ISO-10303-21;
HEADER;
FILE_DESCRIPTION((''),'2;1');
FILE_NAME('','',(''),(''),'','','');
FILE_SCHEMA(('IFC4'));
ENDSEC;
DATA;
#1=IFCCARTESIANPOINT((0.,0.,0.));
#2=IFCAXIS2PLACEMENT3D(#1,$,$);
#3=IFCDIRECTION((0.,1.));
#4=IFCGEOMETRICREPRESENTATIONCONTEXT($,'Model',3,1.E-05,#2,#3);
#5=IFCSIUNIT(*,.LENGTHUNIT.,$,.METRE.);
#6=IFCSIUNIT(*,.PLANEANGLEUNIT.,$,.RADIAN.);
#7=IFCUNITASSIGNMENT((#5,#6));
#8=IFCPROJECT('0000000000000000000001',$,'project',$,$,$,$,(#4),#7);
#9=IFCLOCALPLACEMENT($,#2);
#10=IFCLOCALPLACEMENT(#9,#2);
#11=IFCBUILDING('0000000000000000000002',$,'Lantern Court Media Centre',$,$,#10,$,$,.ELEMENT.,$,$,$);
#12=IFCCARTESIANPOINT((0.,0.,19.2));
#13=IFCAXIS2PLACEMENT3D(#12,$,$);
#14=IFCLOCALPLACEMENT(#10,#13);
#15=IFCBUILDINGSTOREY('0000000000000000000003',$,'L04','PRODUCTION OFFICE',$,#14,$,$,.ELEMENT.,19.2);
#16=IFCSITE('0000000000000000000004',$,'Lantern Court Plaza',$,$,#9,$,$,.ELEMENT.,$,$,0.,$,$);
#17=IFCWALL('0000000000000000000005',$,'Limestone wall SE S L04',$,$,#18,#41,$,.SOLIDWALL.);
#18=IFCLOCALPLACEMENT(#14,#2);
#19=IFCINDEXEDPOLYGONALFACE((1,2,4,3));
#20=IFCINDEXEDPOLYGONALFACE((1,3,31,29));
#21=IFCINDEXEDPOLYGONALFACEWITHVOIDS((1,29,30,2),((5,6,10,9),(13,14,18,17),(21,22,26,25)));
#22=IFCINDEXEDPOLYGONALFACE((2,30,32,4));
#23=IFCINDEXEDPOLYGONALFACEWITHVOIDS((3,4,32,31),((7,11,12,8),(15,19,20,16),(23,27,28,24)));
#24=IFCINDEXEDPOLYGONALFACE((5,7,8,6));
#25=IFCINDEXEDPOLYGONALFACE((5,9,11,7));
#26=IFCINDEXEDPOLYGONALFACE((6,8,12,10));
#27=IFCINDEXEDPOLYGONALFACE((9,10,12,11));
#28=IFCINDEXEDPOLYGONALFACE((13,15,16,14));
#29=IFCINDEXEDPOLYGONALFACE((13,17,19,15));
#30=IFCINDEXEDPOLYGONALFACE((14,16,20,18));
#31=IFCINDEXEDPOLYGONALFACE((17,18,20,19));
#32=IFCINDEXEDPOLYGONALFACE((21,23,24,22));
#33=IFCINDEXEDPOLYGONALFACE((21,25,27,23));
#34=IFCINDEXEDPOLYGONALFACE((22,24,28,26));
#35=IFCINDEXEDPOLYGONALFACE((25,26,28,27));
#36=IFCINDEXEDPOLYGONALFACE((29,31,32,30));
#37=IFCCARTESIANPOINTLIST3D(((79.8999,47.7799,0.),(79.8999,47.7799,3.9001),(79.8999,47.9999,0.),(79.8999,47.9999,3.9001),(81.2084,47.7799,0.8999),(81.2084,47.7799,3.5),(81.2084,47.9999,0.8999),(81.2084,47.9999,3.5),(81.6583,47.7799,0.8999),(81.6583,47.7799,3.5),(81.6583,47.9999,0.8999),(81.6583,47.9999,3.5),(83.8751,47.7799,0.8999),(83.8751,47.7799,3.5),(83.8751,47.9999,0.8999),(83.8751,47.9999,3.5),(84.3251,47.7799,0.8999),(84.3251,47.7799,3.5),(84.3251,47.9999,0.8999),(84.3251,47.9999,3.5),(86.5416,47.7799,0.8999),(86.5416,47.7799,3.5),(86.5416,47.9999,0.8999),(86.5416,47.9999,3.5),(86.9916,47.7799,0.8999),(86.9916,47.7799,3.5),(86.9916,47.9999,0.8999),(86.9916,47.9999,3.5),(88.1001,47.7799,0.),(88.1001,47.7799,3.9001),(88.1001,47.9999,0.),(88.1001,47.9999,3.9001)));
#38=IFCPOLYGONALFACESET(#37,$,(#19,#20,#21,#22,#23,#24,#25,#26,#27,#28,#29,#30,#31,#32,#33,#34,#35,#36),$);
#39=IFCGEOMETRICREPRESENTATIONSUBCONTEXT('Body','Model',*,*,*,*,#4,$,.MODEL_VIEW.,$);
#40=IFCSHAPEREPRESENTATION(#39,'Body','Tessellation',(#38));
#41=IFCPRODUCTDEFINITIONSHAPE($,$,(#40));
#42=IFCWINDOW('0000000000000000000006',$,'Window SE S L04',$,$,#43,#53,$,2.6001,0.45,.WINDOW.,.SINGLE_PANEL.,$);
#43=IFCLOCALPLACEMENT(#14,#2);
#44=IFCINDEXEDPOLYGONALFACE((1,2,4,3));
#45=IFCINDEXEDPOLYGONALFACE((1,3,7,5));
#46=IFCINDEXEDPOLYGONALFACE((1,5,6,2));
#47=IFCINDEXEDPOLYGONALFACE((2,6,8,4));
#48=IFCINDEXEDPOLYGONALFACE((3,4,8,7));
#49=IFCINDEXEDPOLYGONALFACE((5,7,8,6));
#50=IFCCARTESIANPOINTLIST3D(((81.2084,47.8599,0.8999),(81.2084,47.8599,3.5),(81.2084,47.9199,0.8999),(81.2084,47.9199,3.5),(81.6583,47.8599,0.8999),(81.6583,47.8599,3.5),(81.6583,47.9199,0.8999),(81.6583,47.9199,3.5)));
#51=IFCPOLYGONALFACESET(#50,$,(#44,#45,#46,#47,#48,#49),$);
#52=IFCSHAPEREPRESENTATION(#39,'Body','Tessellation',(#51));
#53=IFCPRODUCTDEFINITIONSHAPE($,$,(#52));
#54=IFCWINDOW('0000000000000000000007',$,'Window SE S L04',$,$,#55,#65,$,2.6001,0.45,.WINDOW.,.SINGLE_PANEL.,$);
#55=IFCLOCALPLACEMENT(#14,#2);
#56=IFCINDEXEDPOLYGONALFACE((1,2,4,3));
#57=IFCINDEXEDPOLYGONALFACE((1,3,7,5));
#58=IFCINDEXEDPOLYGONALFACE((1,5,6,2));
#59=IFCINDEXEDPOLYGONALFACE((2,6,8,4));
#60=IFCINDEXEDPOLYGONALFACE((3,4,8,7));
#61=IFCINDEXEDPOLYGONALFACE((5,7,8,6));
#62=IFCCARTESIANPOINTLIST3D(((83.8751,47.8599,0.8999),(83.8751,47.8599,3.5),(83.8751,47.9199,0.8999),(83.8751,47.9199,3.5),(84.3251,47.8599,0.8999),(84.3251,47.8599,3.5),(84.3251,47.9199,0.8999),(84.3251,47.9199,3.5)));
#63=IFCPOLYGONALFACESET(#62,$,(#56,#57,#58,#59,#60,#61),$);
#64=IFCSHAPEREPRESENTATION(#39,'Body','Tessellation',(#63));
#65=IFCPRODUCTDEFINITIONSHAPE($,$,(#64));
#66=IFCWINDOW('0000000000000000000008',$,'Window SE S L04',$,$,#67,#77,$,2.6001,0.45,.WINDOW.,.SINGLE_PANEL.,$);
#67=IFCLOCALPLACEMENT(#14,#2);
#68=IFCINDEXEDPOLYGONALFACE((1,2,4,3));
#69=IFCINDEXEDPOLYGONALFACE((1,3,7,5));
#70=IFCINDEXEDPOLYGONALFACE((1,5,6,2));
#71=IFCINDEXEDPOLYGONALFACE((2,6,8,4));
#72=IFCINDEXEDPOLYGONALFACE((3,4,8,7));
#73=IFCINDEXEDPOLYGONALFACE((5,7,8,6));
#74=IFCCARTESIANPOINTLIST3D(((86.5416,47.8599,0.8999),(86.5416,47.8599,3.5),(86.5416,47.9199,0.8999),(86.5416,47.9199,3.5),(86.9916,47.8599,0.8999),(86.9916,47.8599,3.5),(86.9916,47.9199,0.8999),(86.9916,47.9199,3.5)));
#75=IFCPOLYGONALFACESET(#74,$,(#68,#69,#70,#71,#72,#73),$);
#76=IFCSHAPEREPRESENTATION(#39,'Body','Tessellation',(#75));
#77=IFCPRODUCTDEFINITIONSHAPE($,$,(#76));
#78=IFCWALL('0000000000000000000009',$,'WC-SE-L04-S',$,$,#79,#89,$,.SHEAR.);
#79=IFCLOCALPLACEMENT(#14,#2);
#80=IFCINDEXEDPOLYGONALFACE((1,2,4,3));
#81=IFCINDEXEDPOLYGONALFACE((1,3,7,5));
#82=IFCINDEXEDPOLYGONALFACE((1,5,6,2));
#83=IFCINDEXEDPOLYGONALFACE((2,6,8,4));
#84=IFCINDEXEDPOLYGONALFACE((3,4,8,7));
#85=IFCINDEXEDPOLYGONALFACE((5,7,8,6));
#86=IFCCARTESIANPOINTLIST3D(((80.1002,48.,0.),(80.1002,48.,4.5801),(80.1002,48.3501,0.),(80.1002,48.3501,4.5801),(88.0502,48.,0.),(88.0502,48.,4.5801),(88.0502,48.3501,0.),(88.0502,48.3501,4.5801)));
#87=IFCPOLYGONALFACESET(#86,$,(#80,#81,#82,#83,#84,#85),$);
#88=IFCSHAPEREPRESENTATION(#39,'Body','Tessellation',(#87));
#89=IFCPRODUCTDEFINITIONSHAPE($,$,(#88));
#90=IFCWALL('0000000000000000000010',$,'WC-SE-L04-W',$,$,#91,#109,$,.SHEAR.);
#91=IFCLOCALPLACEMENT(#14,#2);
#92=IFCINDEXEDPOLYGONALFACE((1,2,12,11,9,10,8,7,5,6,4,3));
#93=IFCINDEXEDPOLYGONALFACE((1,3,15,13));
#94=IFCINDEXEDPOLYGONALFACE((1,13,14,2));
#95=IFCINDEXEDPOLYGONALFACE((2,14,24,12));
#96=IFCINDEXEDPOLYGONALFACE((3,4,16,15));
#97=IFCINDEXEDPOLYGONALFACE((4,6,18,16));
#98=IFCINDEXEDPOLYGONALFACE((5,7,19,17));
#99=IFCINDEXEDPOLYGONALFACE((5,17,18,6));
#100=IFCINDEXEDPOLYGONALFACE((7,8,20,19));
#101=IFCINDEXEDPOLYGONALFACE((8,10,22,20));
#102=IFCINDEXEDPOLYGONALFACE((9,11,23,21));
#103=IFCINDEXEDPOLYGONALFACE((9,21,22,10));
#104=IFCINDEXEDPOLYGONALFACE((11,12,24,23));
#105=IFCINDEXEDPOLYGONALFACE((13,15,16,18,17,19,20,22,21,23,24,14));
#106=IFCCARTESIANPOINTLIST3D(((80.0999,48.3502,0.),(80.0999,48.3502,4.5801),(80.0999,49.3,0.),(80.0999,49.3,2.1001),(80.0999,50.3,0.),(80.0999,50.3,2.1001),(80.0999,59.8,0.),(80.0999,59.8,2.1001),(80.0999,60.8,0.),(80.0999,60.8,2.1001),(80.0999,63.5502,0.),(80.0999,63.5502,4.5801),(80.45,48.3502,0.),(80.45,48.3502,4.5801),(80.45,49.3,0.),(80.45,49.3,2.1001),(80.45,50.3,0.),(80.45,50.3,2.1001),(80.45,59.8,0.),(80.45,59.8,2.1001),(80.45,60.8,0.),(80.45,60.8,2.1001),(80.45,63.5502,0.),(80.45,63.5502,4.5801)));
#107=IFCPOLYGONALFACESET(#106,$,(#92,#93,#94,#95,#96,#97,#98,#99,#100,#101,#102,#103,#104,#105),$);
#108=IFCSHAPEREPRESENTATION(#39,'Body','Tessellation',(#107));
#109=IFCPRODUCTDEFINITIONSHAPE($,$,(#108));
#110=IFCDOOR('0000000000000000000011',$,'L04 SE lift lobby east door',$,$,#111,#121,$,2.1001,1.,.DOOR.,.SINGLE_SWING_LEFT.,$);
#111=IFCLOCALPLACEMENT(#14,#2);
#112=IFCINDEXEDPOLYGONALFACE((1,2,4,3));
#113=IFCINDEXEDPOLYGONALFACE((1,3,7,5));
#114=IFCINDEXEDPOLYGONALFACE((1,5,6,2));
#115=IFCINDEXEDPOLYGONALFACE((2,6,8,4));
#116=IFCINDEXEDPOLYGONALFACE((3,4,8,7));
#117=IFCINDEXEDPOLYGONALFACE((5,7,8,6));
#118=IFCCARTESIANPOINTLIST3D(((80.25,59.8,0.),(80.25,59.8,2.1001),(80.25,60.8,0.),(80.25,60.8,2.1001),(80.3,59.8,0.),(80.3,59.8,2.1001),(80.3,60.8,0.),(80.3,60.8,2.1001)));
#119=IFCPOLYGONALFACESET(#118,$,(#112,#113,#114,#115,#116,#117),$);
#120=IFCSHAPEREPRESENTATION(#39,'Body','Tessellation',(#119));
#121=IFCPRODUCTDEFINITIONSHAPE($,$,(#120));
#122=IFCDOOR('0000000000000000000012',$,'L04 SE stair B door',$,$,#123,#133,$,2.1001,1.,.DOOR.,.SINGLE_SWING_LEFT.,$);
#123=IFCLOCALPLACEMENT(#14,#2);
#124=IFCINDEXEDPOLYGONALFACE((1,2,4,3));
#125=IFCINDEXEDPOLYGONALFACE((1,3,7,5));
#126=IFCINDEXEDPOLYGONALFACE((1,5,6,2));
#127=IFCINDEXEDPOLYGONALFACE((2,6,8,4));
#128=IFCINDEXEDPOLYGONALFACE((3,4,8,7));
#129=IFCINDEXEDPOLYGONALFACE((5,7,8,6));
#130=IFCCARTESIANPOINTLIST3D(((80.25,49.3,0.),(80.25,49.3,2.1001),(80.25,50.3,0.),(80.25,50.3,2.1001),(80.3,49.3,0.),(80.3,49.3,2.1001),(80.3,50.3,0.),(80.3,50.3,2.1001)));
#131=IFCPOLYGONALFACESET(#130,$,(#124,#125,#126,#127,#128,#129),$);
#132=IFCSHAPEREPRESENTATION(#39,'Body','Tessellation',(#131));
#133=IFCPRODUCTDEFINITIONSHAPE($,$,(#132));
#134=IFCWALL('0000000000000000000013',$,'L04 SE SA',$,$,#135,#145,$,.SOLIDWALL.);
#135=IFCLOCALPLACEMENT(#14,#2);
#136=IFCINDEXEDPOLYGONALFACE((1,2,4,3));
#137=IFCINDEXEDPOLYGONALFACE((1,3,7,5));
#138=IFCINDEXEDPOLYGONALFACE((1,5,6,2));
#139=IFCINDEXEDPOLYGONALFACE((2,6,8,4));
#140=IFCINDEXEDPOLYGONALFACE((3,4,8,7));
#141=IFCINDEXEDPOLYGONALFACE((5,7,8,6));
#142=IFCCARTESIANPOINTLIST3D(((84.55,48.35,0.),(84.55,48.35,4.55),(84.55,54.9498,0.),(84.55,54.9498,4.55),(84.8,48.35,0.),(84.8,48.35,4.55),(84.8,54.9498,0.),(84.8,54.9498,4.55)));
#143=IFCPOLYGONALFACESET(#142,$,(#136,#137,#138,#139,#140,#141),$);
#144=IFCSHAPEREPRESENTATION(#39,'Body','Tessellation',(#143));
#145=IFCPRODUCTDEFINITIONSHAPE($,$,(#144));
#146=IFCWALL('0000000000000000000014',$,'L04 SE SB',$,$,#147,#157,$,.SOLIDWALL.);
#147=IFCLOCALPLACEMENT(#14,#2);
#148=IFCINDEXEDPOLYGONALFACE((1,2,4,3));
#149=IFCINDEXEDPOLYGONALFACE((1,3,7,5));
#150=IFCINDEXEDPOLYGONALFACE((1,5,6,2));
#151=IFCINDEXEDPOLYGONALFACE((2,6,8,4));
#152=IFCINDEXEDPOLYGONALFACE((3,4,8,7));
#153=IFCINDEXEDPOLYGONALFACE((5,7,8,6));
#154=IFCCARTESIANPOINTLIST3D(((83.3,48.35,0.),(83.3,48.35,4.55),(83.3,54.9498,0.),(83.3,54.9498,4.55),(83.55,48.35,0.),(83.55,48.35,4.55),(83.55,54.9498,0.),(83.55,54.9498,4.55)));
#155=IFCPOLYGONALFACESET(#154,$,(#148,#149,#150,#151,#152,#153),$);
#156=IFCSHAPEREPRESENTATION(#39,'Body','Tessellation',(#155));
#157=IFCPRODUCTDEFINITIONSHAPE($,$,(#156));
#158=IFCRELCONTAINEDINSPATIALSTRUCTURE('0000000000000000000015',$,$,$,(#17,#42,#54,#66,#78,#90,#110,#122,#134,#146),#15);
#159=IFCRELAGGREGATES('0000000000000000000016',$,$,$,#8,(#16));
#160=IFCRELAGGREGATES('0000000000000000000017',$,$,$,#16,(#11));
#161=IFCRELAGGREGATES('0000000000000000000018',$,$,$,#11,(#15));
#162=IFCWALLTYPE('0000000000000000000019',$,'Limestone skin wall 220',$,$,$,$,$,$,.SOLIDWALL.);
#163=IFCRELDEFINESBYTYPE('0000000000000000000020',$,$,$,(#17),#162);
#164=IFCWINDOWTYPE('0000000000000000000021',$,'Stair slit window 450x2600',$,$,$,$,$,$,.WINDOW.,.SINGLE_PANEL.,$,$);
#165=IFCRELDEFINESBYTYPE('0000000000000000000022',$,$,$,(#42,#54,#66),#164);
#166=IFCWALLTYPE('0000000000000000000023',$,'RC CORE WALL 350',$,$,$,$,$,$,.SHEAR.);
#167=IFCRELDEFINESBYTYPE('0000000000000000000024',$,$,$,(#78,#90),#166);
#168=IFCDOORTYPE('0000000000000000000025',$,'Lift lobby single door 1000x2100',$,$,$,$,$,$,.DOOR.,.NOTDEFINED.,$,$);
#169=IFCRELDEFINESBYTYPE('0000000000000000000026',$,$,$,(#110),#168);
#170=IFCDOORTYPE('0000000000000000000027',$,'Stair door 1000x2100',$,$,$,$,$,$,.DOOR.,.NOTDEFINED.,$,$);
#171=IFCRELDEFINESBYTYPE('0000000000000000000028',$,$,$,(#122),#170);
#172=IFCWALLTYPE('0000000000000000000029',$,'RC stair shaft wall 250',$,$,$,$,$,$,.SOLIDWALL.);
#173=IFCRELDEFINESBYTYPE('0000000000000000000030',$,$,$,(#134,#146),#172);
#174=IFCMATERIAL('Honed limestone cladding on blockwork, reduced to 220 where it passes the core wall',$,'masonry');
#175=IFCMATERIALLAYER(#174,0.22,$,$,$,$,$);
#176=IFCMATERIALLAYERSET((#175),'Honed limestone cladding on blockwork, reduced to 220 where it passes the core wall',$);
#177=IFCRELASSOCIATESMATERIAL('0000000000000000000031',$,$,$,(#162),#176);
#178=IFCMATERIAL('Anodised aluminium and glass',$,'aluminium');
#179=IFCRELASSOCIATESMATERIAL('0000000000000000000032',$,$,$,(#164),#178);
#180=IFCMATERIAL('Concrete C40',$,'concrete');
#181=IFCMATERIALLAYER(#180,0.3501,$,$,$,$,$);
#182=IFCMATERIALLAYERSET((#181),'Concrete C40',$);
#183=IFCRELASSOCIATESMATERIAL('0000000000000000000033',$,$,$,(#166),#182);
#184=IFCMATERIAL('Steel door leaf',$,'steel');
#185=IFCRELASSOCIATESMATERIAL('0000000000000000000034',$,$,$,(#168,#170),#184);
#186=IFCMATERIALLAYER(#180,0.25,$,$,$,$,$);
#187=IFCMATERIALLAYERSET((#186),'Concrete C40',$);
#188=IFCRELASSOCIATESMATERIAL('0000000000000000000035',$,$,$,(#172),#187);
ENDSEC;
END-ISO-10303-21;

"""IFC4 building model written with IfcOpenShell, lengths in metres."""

from ifc_helpers import new_model, si_unit, direction, frame, frame_2d, origin, place, context, subcontext, project, spatial, rectangle, extrude, material, layer, layer_set, type_object, element, fill, save


model = new_model("IFC4")

# Units and contexts
model_context = context("Model", 3, precision=1e-05, world=origin(), true_north=direction((0.0, 1.0)))
body_context = subcontext(model_context, "Body", "Model", "MODEL_VIEW")
ifc_project = project(units=[si_unit("LENGTHUNIT", "METRE"), si_unit("PLANEANGLEUNIT", "RADIAN")], contexts=[model_context])

# Site, building, storey
site_placement = place(None, origin())
site = spatial("IfcSite", under=ifc_project, at=site_placement, Name="Lantern Court Plaza", CompositionType="ELEMENT", RefElevation=0.0)
building_placement = place(site_placement, origin())
building = spatial("IfcBuilding", under=site, at=building_placement, Name="Lantern Court Media Centre", CompositionType="ELEMENT")
storey_placement = place(building_placement, frame((0.0, 0.0, 19.2)))
storey = spatial("IfcBuildingStorey", under=building, at=storey_placement, Name="L04", Description="PRODUCTION OFFICE", CompositionType="ELEMENT", Elevation=19.2)

# Wall, openings, windows
ifc_material_1 = material(Name="Honed limestone cladding on blockwork, reduced to 220 where it passes the core wall", Category="masonry")
ifc_layer_1 = layer(ifc_material_1, 0.22)
ifc_layer_set_1 = layer_set([ifc_layer_1], Name="Honed limestone cladding on blockwork, reduced to 220 where it passes the core wall")
wall_type_1 = type_object("IfcWallType", Name="Limestone skin wall 220", PredefinedType="SOLIDWALL", material=ifc_layer_set_1)
wall_1_placement = place(storey_placement, frame((79.8999, 47.8899, 0.0), z_axis=(0.0, 0.0, 1.0), x_axis=(1.0, 0.0, 0.0)))
wall_1 = element("IfcWall", 1, at=wall_1_placement, inside=storey, type_object=wall_type_1, Name="Limestone wall SE S L04", PredefinedType="SOLIDWALL", context=body_context, shape_type="SweptSolid", body=[
    extrude(rectangle(XDim=8.2002, YDim=0.22, at=frame_2d((4.1001, 0.0))), origin(), (0.0, 0.0, 1.0), 3.9001),
])
opening_1_placement = place(wall_1_placement, frame((1.3083, 0.0, 0.8999)))
opening_1 = element("IfcOpeningElement", 2, at=opening_1_placement, cuts=wall_1, PredefinedType="OPENING", context=body_context, shape_type="SweptSolid", body=[
    extrude(rectangle(XDim=0.45, YDim=2.6001, at=frame_2d((0.2251, 1.3))), frame((0.0, 0.1199, 0.0), z_axis=(0.0, -1.0, 0.0), x_axis=(1.0, 0.0, 0.0)), (0.0, 0.0, 1.0), 0.24),
])
opening_2_placement = place(wall_1_placement, frame((3.9751, 0.0, 0.8999)))
opening_2 = element("IfcOpeningElement", 3, at=opening_2_placement, cuts=wall_1, PredefinedType="OPENING", context=body_context, shape_type="SweptSolid", body=[
    extrude(rectangle(XDim=0.45, YDim=2.6001, at=frame_2d((0.2251, 1.3))), frame((0.0, 0.1199, 0.0), z_axis=(0.0, -1.0, 0.0), x_axis=(1.0, 0.0, 0.0)), (0.0, 0.0, 1.0), 0.24),
])
opening_3_placement = place(wall_1_placement, frame((6.6416, 0.0, 0.8999)))
opening_3 = element("IfcOpeningElement", 4, at=opening_3_placement, cuts=wall_1, PredefinedType="OPENING", context=body_context, shape_type="SweptSolid", body=[
    extrude(rectangle(XDim=0.45, YDim=2.6001, at=frame_2d((0.2251, 1.3))), frame((0.0, 0.1199, 0.0), z_axis=(0.0, -1.0, 0.0), x_axis=(1.0, 0.0, 0.0)), (0.0, 0.0, 1.0), 0.24),
])
ifc_material_2 = material(Name="Anodised aluminium and glass", Category="aluminium")
window_type = type_object("IfcWindowType", Name="Stair slit window 450x2600", PartitioningType="SINGLE_PANEL", PredefinedType="WINDOW", material=ifc_material_2)
window_1_placement = place(opening_1_placement, origin())
window_1 = element("IfcWindow", 5, at=window_1_placement, inside=storey, type_object=window_type, Name="Window SE S L04", OverallHeight=2.6001, OverallWidth=0.45, PartitioningType="SINGLE_PANEL", PredefinedType="WINDOW", context=body_context, shape_type="SweptSolid", body=[
    extrude(rectangle(XDim=0.45, YDim=2.6001, at=frame_2d((0.2251, 1.3))), frame((0.0, 0.03, 0.0), z_axis=(0.0, -1.0, 0.0), x_axis=(1.0, 0.0, 0.0)), (0.0, 0.0, 1.0), 0.0601),
])
fill(opening_1, window_1)
window_2_placement = place(opening_2_placement, origin())
window_2 = element("IfcWindow", 6, at=window_2_placement, inside=storey, type_object=window_type, Name="Window SE S L04", OverallHeight=2.6001, OverallWidth=0.45, PartitioningType="SINGLE_PANEL", PredefinedType="WINDOW", context=body_context, shape_type="SweptSolid", body=[
    extrude(rectangle(XDim=0.45, YDim=2.6001, at=frame_2d((0.2251, 1.3))), frame((0.0, 0.03, 0.0), z_axis=(0.0, -1.0, 0.0), x_axis=(1.0, 0.0, 0.0)), (0.0, 0.0, 1.0), 0.0601),
])
fill(opening_2, window_2)
window_3_placement = place(opening_3_placement, origin())
window_3 = element("IfcWindow", 7, at=window_3_placement, inside=storey, type_object=window_type, Name="Window SE S L04", OverallHeight=2.6001, OverallWidth=0.45, PartitioningType="SINGLE_PANEL", PredefinedType="WINDOW", context=body_context, shape_type="SweptSolid", body=[
    extrude(rectangle(XDim=0.45, YDim=2.6001, at=frame_2d((0.2251, 1.3))), frame((0.0, 0.03, 0.0), z_axis=(0.0, -1.0, 0.0), x_axis=(1.0, 0.0, 0.0)), (0.0, 0.0, 1.0), 0.0601),
])
fill(opening_3, window_3)

# Wall
ifc_material_3 = material(Name="Concrete C40", Category="concrete")
ifc_layer_2 = layer(ifc_material_3, 0.3501)
ifc_layer_set_2 = layer_set([ifc_layer_2], Name="Concrete C40")
wall_type_2 = type_object("IfcWallType", Name="RC CORE WALL 350", PredefinedType="SHEAR", material=ifc_layer_set_2)
wall_2_placement = place(storey_placement, frame((80.1001, 48.175, 0.0), z_axis=(0.0, 0.0, 1.0), x_axis=(1.0, 0.0, 0.0)))
element("IfcWall", 8, at=wall_2_placement, inside=storey, type_object=wall_type_2, Name="WC-SE-L04-S", PredefinedType="SHEAR", context=body_context, shape_type="SweptSolid", body=[
    extrude(rectangle(XDim=7.95, YDim=0.3501, at=frame_2d((3.9751, 0.0))), origin(), (0.0, 0.0, 1.0), 4.5801),
])

# Wall, openings, doors
wall_3_placement = place(storey_placement, frame((80.2749, 48.3501, 0.0), z_axis=(0.0, 0.0, 1.0), x_axis=(0.0, 1.0, 0.0)))
wall_3 = element("IfcWall", 9, at=wall_3_placement, inside=storey, type_object=wall_type_2, Name="WC-SE-L04-W", PredefinedType="SHEAR", context=body_context, shape_type="SweptSolid", body=[
    extrude(rectangle(XDim=15.2, YDim=0.3501, at=frame_2d((7.6001, 0.0))), origin(), (0.0, 0.0, 1.0), 4.5801),
])
opening_4_placement = place(wall_3_placement, frame((0.95, 0.0, 0.0)))
opening_4 = element("IfcOpeningElement", 10, at=opening_4_placement, cuts=wall_3, PredefinedType="OPENING", context=body_context, shape_type="SweptSolid", body=[
    extrude(rectangle(XDim=1.0, YDim=2.1001, at=frame_2d((0.5, 1.05))), frame((0.0, 0.1851, 0.0), z_axis=(0.0, -1.0, 0.0), x_axis=(1.0, 0.0, 0.0)), (0.0, 0.0, 1.0), 0.3701),
])
opening_5_placement = place(wall_3_placement, frame((11.45, 0.0, 0.0)))
opening_5 = element("IfcOpeningElement", 11, at=opening_5_placement, cuts=wall_3, PredefinedType="OPENING", context=body_context, shape_type="SweptSolid", body=[
    extrude(rectangle(XDim=1.0, YDim=2.1001, at=frame_2d((0.5, 1.05))), frame((0.0, 0.1851, 0.0), z_axis=(0.0, -1.0, 0.0), x_axis=(1.0, 0.0, 0.0)), (0.0, 0.0, 1.0), 0.3701),
])
ifc_material_4 = material(Name="Steel door leaf", Category="steel")
door_type_1 = type_object("IfcDoorType", Name="Lift lobby single door 1000x2100", OperationType="NOTDEFINED", PredefinedType="DOOR", material=ifc_material_4)
door_1_placement = place(opening_5_placement, origin())
door_1 = element("IfcDoor", 12, at=door_1_placement, inside=storey, type_object=door_type_1, Name="L04 SE lift lobby east door", OperationType="SINGLE_SWING_LEFT", OverallHeight=2.1001, OverallWidth=1.0, PredefinedType="DOOR", context=body_context, shape_type="SweptSolid", body=[
    extrude(rectangle(XDim=1.0, YDim=2.1001, at=frame_2d((0.5, 1.05))), frame((0.0, 0.0249, 0.0), z_axis=(0.0, -1.0, 0.0), x_axis=(1.0, 0.0, 0.0)), (0.0, 0.0, 1.0), 0.05),
])
fill(opening_5, door_1)
door_type_2 = type_object("IfcDoorType", Name="Stair door 1000x2100", OperationType="NOTDEFINED", PredefinedType="DOOR", material=ifc_material_4)
door_2_placement = place(opening_4_placement, origin())
door_2 = element("IfcDoor", 13, at=door_2_placement, inside=storey, type_object=door_type_2, Name="L04 SE stair B door", OperationType="SINGLE_SWING_LEFT", OverallHeight=2.1001, OverallWidth=1.0, PredefinedType="DOOR", context=body_context, shape_type="SweptSolid", body=[
    extrude(rectangle(XDim=1.0, YDim=2.1001, at=frame_2d((0.5, 1.05))), frame((0.0, 0.0249, 0.0), z_axis=(0.0, -1.0, 0.0), x_axis=(1.0, 0.0, 0.0)), (0.0, 0.0, 1.0), 0.05),
])
fill(opening_4, door_2)

# Walls
ifc_layer_3 = layer(ifc_material_3, 0.25)
ifc_layer_set_3 = layer_set([ifc_layer_3], Name="Concrete C40")
wall_type_3 = type_object("IfcWallType", Name="RC stair shaft wall 250", PredefinedType="SOLIDWALL", material=ifc_layer_set_3)
for number, where, z_axis, x_axis, name in (
    (14, (84.675, 48.3501, 0.0), (0.0, 0.0, 1.0), (0.0, 1.0, 0.0), "L04 SE SA"),
    (15, (83.425, 48.3501, 0.0), (0.0, 0.0, 1.0), (0.0, 1.0, 0.0), "L04 SE SB"),
):
    element("IfcWall", number, at=place(storey_placement, frame(where, z_axis=z_axis, x_axis=x_axis)), inside=storey, type_object=wall_type_3, Name=name, PredefinedType="SOLIDWALL", context=body_context, shape_type="SweptSolid", body=[
        extrude(rectangle(XDim=6.5999, YDim=0.25, at=frame_2d((3.2998, 0.0))), origin(), (0.0, 0.0, 1.0), 4.55),
    ])

save(model, "model.ifc")
